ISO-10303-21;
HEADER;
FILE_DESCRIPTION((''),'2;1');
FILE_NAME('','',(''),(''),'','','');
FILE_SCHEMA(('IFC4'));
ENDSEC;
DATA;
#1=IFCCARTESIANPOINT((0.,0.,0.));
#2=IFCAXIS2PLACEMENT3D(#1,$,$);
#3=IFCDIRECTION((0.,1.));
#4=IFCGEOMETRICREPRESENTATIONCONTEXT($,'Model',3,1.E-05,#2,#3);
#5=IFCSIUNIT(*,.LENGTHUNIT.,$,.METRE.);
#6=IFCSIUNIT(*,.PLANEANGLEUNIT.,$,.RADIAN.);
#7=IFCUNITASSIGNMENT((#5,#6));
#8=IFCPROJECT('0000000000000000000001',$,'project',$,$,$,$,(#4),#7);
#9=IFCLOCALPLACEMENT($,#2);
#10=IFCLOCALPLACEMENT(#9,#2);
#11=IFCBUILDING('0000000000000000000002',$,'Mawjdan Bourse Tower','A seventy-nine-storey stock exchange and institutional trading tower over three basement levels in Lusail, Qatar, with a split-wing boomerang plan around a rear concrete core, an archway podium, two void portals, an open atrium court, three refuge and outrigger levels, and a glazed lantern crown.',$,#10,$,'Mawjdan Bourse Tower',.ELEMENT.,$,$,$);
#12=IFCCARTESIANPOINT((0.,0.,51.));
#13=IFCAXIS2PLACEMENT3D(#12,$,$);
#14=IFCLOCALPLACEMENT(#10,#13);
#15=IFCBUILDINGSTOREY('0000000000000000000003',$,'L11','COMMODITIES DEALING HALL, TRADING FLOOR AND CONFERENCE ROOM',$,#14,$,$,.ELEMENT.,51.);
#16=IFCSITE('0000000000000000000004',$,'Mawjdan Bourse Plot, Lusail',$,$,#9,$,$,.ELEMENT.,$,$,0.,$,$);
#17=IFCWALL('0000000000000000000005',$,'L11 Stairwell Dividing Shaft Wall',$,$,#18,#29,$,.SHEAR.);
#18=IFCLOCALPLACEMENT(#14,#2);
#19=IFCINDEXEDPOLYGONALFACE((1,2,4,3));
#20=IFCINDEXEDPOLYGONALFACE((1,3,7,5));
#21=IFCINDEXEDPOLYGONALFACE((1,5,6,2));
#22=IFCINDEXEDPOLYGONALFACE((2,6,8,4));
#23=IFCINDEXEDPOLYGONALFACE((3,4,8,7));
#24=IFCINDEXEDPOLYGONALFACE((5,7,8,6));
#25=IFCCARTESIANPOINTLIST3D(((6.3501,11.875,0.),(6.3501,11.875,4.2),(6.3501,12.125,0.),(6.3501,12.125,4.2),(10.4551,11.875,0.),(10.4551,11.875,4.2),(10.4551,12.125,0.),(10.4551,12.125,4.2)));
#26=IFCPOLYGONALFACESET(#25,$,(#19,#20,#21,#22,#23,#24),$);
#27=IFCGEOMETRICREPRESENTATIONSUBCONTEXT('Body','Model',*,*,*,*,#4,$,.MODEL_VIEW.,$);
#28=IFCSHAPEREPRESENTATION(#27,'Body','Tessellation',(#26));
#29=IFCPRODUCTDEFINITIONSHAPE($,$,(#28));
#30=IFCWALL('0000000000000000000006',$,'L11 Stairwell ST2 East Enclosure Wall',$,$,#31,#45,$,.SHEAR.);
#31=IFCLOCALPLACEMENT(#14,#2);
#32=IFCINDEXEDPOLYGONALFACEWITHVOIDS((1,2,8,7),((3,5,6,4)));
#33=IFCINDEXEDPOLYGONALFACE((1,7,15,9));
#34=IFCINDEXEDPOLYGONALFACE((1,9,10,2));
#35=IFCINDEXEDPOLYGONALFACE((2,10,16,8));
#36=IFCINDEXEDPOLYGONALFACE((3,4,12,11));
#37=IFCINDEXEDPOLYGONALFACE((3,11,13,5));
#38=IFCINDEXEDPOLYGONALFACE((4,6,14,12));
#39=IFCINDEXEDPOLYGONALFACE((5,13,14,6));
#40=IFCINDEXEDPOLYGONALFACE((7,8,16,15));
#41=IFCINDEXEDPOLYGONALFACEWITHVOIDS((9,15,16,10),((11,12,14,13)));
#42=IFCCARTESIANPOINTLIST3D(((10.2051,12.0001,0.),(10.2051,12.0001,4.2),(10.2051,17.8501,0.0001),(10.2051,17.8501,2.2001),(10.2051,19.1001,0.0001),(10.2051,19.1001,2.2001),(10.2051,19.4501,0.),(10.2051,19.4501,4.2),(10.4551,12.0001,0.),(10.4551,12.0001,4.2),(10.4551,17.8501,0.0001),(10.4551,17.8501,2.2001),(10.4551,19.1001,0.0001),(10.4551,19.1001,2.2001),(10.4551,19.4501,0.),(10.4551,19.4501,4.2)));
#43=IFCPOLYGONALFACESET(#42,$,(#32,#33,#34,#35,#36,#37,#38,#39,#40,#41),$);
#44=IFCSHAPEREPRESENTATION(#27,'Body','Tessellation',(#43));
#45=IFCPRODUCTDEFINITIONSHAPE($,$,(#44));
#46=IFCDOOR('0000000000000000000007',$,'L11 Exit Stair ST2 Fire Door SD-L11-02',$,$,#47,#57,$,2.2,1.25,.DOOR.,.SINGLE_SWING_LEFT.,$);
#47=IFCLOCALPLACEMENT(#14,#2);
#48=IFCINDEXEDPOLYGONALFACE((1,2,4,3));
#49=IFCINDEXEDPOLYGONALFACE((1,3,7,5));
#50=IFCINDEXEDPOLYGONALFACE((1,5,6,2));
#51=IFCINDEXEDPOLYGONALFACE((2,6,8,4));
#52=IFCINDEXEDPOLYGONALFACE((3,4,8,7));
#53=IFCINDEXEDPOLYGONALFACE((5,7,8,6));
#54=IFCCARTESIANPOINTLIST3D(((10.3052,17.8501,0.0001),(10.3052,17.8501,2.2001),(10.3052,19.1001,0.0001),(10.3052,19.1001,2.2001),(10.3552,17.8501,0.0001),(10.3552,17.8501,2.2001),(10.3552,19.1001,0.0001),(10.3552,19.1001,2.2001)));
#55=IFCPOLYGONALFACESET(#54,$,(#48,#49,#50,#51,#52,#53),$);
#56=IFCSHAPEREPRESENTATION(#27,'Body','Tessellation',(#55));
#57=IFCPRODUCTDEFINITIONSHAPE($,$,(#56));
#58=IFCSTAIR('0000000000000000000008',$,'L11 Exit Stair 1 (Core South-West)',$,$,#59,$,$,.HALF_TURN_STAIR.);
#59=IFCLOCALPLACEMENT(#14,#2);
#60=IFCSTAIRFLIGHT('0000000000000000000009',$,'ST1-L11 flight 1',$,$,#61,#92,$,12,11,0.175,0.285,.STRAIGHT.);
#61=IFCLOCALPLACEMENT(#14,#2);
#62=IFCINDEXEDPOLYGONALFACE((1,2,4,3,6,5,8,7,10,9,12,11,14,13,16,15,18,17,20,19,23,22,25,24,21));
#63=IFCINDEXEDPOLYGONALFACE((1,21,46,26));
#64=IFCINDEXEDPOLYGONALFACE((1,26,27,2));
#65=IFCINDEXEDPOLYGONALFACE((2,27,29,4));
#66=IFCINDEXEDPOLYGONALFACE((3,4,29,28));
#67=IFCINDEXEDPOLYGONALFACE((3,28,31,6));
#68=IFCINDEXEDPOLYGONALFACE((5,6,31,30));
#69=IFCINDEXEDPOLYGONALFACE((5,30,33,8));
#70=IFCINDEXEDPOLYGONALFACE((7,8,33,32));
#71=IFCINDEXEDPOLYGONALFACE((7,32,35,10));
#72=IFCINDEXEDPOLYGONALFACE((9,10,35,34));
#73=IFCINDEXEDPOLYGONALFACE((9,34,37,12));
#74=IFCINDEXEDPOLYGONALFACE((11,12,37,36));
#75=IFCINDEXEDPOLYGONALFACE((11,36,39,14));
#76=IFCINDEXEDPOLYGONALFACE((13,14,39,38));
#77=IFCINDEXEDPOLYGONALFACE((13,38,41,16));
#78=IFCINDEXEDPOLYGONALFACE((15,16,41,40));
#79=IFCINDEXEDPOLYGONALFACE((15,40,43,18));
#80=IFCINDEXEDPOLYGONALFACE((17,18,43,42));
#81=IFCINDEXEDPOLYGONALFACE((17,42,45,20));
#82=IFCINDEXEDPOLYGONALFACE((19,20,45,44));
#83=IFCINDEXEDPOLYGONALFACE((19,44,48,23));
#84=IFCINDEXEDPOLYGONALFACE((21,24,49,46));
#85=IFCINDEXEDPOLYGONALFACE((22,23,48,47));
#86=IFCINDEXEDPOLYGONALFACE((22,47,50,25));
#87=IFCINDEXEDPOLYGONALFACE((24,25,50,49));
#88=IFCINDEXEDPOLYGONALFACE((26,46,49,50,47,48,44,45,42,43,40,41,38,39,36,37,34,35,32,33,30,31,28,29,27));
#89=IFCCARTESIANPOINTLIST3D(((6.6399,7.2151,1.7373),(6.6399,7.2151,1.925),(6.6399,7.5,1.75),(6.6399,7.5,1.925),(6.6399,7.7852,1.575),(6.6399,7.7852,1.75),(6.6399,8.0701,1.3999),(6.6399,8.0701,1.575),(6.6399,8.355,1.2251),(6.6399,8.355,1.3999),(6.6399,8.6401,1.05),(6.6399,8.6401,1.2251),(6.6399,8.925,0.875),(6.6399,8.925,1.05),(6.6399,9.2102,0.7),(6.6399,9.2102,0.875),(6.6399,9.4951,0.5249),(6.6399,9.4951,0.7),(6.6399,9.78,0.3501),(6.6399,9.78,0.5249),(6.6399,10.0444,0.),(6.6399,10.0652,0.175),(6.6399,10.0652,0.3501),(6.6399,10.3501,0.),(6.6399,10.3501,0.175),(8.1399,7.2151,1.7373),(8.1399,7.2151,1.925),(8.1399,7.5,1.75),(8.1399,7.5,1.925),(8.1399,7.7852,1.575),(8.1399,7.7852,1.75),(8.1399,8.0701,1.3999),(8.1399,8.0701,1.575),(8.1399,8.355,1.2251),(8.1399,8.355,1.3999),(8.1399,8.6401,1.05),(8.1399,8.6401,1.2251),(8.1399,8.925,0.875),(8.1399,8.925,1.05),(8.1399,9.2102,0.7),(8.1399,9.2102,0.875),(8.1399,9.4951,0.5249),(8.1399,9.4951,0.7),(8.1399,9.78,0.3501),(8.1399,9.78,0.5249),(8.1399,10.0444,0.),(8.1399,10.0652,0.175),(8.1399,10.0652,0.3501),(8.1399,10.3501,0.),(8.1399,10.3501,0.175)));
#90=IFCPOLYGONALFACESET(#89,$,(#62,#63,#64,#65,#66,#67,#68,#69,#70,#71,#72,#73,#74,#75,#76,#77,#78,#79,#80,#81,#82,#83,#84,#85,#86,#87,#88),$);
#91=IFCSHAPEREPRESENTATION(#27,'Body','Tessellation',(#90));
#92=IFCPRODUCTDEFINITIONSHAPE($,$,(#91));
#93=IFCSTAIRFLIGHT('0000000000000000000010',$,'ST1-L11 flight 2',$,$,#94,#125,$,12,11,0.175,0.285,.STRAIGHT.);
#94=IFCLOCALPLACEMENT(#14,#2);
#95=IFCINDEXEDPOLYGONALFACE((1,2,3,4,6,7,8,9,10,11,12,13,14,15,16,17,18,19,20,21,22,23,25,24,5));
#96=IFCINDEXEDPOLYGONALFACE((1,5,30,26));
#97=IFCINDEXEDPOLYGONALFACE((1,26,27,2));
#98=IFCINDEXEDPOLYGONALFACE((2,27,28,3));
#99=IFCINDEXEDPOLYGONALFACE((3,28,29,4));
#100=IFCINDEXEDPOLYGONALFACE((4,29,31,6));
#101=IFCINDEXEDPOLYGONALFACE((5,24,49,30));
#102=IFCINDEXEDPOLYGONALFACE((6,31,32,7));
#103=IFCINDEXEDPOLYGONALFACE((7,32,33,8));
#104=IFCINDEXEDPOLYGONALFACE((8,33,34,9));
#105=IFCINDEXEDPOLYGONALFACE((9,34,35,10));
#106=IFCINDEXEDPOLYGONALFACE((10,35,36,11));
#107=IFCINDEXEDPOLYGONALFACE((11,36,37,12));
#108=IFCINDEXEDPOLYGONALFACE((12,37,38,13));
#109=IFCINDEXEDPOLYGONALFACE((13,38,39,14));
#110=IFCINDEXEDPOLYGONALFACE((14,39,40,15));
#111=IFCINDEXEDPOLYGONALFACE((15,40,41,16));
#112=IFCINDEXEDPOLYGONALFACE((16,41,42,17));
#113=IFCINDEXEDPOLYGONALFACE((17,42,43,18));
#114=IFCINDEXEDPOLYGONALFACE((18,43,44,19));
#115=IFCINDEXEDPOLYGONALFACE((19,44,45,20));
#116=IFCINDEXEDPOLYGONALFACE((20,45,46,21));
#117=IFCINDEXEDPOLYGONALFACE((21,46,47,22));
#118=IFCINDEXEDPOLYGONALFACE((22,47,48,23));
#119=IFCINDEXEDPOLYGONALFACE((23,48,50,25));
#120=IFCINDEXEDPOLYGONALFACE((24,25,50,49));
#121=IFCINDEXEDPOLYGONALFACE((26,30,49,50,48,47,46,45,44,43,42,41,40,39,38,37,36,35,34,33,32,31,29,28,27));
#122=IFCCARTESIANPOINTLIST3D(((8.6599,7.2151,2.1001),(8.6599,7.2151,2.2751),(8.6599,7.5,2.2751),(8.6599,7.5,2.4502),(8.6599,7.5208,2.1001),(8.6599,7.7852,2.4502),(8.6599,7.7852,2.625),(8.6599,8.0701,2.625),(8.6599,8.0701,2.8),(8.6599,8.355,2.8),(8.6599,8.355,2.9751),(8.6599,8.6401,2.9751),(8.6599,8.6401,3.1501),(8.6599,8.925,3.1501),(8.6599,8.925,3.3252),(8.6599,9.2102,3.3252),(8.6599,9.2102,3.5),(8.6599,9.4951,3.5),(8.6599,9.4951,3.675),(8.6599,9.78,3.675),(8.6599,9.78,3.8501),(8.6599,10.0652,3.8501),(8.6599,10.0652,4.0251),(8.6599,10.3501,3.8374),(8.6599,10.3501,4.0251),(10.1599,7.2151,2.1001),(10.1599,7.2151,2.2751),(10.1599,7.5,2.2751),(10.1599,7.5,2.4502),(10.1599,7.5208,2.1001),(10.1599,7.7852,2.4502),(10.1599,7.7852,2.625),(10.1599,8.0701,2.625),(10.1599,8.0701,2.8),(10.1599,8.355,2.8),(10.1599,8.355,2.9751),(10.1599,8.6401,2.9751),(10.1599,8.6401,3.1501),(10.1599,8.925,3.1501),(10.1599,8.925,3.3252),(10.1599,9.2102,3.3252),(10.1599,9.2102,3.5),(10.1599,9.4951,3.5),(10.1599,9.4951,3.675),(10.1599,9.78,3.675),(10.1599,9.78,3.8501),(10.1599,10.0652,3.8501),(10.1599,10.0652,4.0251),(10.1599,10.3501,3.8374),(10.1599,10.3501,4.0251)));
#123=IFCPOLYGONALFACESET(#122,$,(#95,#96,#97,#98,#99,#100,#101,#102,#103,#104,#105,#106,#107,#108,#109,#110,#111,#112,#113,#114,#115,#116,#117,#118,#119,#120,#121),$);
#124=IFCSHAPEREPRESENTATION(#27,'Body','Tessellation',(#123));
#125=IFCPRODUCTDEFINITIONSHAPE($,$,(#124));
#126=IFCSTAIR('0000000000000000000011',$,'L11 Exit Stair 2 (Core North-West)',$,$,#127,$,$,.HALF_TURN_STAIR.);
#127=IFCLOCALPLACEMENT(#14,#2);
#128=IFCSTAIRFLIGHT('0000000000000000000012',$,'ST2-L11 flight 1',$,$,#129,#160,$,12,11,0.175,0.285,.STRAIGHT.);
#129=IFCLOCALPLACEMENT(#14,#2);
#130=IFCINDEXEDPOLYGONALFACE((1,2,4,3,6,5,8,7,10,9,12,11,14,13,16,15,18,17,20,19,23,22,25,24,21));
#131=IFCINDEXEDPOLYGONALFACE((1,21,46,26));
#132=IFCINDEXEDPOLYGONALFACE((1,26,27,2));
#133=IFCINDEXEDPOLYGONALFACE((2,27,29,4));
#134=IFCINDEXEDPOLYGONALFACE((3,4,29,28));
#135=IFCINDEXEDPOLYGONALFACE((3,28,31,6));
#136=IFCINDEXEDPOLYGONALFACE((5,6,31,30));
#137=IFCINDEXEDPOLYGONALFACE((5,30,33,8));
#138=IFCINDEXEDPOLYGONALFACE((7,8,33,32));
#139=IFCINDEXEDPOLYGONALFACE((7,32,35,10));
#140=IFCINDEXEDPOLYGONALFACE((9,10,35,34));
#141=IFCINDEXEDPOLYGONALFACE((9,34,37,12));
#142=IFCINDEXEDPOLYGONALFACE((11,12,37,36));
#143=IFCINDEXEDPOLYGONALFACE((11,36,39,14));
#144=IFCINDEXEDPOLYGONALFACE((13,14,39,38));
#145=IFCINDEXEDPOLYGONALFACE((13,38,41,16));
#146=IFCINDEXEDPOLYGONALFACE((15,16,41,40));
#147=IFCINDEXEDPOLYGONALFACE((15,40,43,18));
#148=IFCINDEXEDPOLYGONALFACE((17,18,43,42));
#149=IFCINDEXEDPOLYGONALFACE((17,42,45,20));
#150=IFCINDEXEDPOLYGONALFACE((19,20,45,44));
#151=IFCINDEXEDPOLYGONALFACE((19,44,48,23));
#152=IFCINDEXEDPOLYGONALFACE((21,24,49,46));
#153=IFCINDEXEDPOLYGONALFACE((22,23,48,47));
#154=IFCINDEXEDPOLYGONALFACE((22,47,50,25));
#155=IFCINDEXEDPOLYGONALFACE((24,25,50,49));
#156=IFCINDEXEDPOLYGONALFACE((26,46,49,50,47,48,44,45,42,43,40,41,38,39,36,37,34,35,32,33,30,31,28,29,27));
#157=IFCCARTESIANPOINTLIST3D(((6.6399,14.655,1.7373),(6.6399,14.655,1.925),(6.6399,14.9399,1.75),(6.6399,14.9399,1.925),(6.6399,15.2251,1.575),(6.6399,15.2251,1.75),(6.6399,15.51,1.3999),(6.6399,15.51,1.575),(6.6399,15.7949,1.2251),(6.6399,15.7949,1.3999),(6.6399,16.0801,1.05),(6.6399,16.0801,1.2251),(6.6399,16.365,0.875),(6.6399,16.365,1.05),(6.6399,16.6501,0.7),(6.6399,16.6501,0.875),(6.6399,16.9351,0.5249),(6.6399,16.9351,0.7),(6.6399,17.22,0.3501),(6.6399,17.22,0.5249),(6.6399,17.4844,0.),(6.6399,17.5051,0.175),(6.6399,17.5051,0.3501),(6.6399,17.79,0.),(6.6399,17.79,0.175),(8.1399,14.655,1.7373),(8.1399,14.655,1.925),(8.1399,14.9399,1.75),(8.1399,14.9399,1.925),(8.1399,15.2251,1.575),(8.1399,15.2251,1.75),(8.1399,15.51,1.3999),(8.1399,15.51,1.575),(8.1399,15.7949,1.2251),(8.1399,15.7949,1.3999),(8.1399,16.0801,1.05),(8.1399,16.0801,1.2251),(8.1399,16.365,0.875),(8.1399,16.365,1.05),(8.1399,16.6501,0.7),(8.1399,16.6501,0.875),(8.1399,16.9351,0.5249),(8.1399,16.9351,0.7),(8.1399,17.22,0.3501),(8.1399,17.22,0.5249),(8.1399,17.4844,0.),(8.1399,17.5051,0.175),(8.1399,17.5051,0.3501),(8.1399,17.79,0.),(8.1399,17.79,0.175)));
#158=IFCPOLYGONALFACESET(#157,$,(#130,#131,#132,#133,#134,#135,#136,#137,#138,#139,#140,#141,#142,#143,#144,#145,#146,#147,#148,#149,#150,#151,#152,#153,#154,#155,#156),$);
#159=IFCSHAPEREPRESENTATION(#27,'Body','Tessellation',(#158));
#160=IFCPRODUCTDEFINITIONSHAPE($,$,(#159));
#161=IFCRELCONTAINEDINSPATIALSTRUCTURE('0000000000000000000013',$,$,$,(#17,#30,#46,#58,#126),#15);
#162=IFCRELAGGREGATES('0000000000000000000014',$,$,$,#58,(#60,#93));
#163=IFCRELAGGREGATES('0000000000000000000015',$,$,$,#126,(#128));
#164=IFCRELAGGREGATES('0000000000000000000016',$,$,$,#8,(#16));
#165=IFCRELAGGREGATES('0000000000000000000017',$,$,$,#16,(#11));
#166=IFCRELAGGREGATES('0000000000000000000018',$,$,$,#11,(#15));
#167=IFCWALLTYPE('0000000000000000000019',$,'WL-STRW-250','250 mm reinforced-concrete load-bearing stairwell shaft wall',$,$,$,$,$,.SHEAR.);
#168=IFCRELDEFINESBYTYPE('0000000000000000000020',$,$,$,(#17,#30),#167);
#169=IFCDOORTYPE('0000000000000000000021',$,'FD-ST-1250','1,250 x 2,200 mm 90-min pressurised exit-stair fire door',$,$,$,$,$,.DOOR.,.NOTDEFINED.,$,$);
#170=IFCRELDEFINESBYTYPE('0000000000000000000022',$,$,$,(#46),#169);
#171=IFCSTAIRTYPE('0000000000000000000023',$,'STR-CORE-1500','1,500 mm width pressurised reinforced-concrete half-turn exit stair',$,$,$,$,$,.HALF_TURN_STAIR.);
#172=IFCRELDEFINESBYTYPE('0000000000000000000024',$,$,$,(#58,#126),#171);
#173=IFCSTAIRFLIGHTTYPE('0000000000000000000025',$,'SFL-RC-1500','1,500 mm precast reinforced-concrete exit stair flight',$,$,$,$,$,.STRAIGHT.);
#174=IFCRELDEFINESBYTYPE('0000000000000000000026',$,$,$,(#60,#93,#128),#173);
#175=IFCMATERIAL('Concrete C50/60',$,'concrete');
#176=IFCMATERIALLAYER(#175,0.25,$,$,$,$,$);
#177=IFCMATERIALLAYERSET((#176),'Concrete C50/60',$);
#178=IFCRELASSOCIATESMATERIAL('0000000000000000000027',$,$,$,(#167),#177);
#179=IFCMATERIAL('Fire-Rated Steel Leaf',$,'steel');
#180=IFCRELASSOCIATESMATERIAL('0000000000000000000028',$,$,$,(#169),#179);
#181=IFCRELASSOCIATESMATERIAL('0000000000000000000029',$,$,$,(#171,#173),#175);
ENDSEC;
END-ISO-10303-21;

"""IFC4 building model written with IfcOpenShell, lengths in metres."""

from ifc_helpers import new_model, si_unit, direction, frame, frame_2d, origin, place, context, subcontext, project, spatial, polyline, rectangle, outline, extrude, material, layer, layer_set, type_object, element, fill, aggregate, save


model = new_model("IFC4")

# Units and contexts
model_context = context("Model", 3, precision=1e-05, world=origin(), true_north=direction((0.0, 1.0)))
body_context = subcontext(model_context, "Body", "Model", "MODEL_VIEW")
ifc_project = project(units=[si_unit("LENGTHUNIT", "METRE"), si_unit("PLANEANGLEUNIT", "RADIAN")], contexts=[model_context])

# Site, building, storey
site_placement = place(None, origin())
site = spatial("IfcSite", under=ifc_project, at=site_placement, Name="Mawjdan Bourse Plot, Lusail", CompositionType="ELEMENT", RefElevation=0.0)
building_placement = place(site_placement, origin())
building = spatial("IfcBuilding", under=site, at=building_placement, Name="Mawjdan Bourse Tower", Description="A seventy-nine-storey stock exchange and institutional trading tower over three basement levels in Lusail, Qatar, with a split-wing boomerang plan around a rear concrete core, an archway podium, two void portals, an open atrium court, three refuge and outrigger levels, and a glazed lantern crown.", LongName="Mawjdan Bourse Tower", CompositionType="ELEMENT")
storey_placement = place(building_placement, frame((0.0, 0.0, 51.0)))
storey = spatial("IfcBuildingStorey", under=building, at=storey_placement, Name="L11", Description="COMMODITIES DEALING HALL, TRADING FLOOR AND CONFERENCE ROOM", CompositionType="ELEMENT", Elevation=51.0)

# Wall
ifc_material_1 = material(Name="Concrete C50/60", Category="concrete")
ifc_layer_1 = layer(ifc_material_1, 0.25)
ifc_layer_set_1 = layer_set([ifc_layer_1], Name="Concrete C50/60")
wall_type_1 = type_object("IfcWallType", Name="WL-STRW-250", Description="250 mm reinforced-concrete load-bearing stairwell shaft wall", PredefinedType="SHEAR", material=ifc_layer_set_1)
wall_1_placement = place(storey_placement, frame((6.3501, 12.0, 0.0), z_axis=(0.0, 0.0, 1.0), x_axis=(1.0, 0.0, 0.0)))
element("IfcWall", 1, at=wall_1_placement, inside=storey, type_object=wall_type_1, Name="L11 Stairwell Dividing Shaft Wall", PredefinedType="SHEAR", context=body_context, shape_type="SweptSolid", body=[
    extrude(rectangle(XDim=4.105, YDim=0.25, at=frame_2d((2.0525, 0.0))), origin(), (0.0, 0.0, 1.0), 4.2),
])

# Wall, opening, door
wall_2_placement = place(storey_placement, frame((10.3301, 12.0, 0.0), z_axis=(0.0, 0.0, 1.0), x_axis=(0.0, 1.0, 0.0)))
wall_2 = element("IfcWall", 2, at=wall_2_placement, inside=storey, type_object=wall_type_1, Name="L11 Stairwell ST2 East Enclosure Wall", PredefinedType="SHEAR", context=body_context, shape_type="SweptSolid", body=[
    extrude(rectangle(XDim=7.45, YDim=0.25, at=frame_2d((3.7251, 0.0))), origin(), (0.0, 0.0, 1.0), 4.2),
])
opening_placement = place(wall_2_placement, frame((5.8501, 0.0, 0.0)))
opening = element("IfcOpeningElement", 3, at=opening_placement, cuts=wall_2, PredefinedType="OPENING", context=body_context, shape_type="SweptSolid", body=[
    extrude(rectangle(XDim=1.25, YDim=2.2, at=frame_2d((0.625, 1.1001))), frame((0.0, 0.135, 0.0), z_axis=(0.0, -1.0, 0.0), x_axis=(1.0, 0.0, 0.0)), (0.0, 0.0, 1.0), 0.27),
])
ifc_material_2 = material(Name="Fire-Rated Steel Leaf", Category="steel")
door_type = type_object("IfcDoorType", Name="FD-ST-1250", Description="1,250 x 2,200 mm 90-min pressurised exit-stair fire door", OperationType="NOTDEFINED", PredefinedType="DOOR", material=ifc_material_2)
door_placement = place(opening_placement, origin())
door = element("IfcDoor", 4, at=door_placement, inside=storey, type_object=door_type, Name="L11 Exit Stair ST2 Fire Door SD-L11-02", OperationType="SINGLE_SWING_LEFT", OverallHeight=2.2, OverallWidth=1.25, PredefinedType="DOOR", context=body_context, shape_type="SweptSolid", body=[
    extrude(rectangle(XDim=1.25, YDim=2.2, at=frame_2d((0.625, 1.1001))), frame((0.0, 0.0249, 0.0), z_axis=(0.0, -1.0, 0.0), x_axis=(1.0, 0.0, 0.0)), (0.0, 0.0, 1.0), 0.05),
])
fill(opening, door)

# Stairs, stair flights
stair_type = type_object("IfcStairType", Name="STR-CORE-1500", Description="1,500 mm width pressurised reinforced-concrete half-turn exit stair", PredefinedType="HALF_TURN_STAIR", material=ifc_material_1)
stair_1_placement = place(storey_placement, origin())
stair_1 = element("IfcStair", 5, at=stair_1_placement, inside=storey, type_object=stair_type, Name="L11 Exit Stair 1 (Core South-West)", PredefinedType="HALF_TURN_STAIR")
stair_flight_type = type_object("IfcStairFlightType", Name="SFL-RC-1500", Description="1,500 mm precast reinforced-concrete exit stair flight", PredefinedType="STRAIGHT", material=ifc_material_1)
stair_flight_1_placement = place(storey_placement, frame((7.3899, 10.3501, 0.0), z_axis=(0.0, 0.0, 1.0), x_axis=(0.0, -1.0, 0.0)))
stair_flight_1 = element("IfcStairFlight", 6, at=stair_flight_1_placement, type_object=stair_flight_type, Name="ST1-L11 flight 1", NumberOfRisers=12, NumberOfTreads=11, PredefinedType="STRAIGHT", RiserHeight=0.175, TreadLength=0.285, context=body_context, shape_type="SweptSolid", body=[
    extrude(outline(polyline([(0.0, 0.0), (0.0, 0.175), (0.2849, 0.175), (0.2849, 0.3501), (0.5701, 0.3501), (0.5701, 0.5249), (0.855, 0.5249), (0.855, 0.7), (1.1399, 0.7), (1.1399, 0.875), (1.425, 0.875), (1.425, 1.05), (1.71, 1.05), (1.71, 1.2251), (1.9951, 1.2251), (1.9951, 1.3999), (2.28, 1.3999), (2.28, 1.575), (2.5649, 1.575), (2.5649, 1.75), (2.8501, 1.75), (2.8501, 1.925), (3.135, 1.925), (3.135, 2.1001), (3.135, 1.7373), (0.3057, 0.0), (0.0, 0.0)])), frame((0.0, 0.75, 0.0), z_axis=(0.0, -1.0, 0.0), x_axis=(1.0, 0.0, 0.0)), (0.0, 0.0, 1.0), 1.5),
])
stair_flight_2_placement = place(storey_placement, frame((9.4099, 7.2151, 2.1001), z_axis=(0.0, 0.0, 1.0), x_axis=(0.0, 1.0, 0.0)))
stair_flight_2 = element("IfcStairFlight", 7, at=stair_flight_2_placement, type_object=stair_flight_type, Name="ST1-L11 flight 2", NumberOfRisers=12, NumberOfTreads=11, PredefinedType="STRAIGHT", RiserHeight=0.175, TreadLength=0.285, context=body_context, shape_type="SweptSolid", body=[
    extrude(outline(polyline([(0.0, 0.0), (0.0, 0.175), (0.2849, 0.175), (0.2849, 0.3501), (0.5701, 0.3501), (0.5701, 0.5249), (0.855, 0.5249), (0.855, 0.7), (1.1399, 0.7), (1.1399, 0.875), (1.425, 0.875), (1.425, 1.05), (1.71, 1.05), (1.71, 1.2251), (1.9951, 1.2251), (1.9951, 1.3999), (2.28, 1.3999), (2.28, 1.575), (2.5649, 1.575), (2.5649, 1.75), (2.8501, 1.75), (2.8501, 1.925), (3.135, 1.925), (3.135, 2.1001), (3.135, 1.7373), (0.3057, 0.0), (0.0, 0.0)])), frame((0.0, 0.75, 0.0), z_axis=(0.0, -1.0, 0.0), x_axis=(1.0, 0.0, 0.0)), (0.0, 0.0, 1.0), 1.5),
])
aggregate(stair_1, [stair_flight_1, stair_flight_2])
stair_2_placement = place(storey_placement, origin())
stair_2 = element("IfcStair", 8, at=stair_2_placement, inside=storey, type_object=stair_type, Name="L11 Exit Stair 2 (Core North-West)", PredefinedType="HALF_TURN_STAIR")
stair_flight_3_placement = place(storey_placement, frame((7.3899, 17.79, 0.0), z_axis=(0.0, 0.0, 1.0), x_axis=(0.0, -1.0, 0.0)))
stair_flight_3 = element("IfcStairFlight", 9, at=stair_flight_3_placement, type_object=stair_flight_type, Name="ST2-L11 flight 1", NumberOfRisers=12, NumberOfTreads=11, PredefinedType="STRAIGHT", RiserHeight=0.175, TreadLength=0.285, context=body_context, shape_type="SweptSolid", body=[
    extrude(outline(polyline([(0.0, 0.0), (0.0, 0.175), (0.2849, 0.175), (0.2849, 0.3501), (0.5701, 0.3501), (0.5701, 0.5249), (0.855, 0.5249), (0.855, 0.7), (1.1399, 0.7), (1.1399, 0.875), (1.425, 0.875), (1.425, 1.05), (1.71, 1.05), (1.71, 1.2251), (1.9951, 1.2251), (1.9951, 1.3999), (2.28, 1.3999), (2.28, 1.575), (2.5649, 1.575), (2.5649, 1.75), (2.8501, 1.75), (2.8501, 1.925), (3.135, 1.925), (3.135, 2.1001), (3.135, 1.7373), (0.3057, 0.0), (0.0, 0.0)])), frame((0.0, 0.75, 0.0), z_axis=(0.0, -1.0, 0.0), x_axis=(1.0, 0.0, 0.0)), (0.0, 0.0, 1.0), 1.5),
])
aggregate(stair_2, [stair_flight_3])

save(model, "model.ifc")
